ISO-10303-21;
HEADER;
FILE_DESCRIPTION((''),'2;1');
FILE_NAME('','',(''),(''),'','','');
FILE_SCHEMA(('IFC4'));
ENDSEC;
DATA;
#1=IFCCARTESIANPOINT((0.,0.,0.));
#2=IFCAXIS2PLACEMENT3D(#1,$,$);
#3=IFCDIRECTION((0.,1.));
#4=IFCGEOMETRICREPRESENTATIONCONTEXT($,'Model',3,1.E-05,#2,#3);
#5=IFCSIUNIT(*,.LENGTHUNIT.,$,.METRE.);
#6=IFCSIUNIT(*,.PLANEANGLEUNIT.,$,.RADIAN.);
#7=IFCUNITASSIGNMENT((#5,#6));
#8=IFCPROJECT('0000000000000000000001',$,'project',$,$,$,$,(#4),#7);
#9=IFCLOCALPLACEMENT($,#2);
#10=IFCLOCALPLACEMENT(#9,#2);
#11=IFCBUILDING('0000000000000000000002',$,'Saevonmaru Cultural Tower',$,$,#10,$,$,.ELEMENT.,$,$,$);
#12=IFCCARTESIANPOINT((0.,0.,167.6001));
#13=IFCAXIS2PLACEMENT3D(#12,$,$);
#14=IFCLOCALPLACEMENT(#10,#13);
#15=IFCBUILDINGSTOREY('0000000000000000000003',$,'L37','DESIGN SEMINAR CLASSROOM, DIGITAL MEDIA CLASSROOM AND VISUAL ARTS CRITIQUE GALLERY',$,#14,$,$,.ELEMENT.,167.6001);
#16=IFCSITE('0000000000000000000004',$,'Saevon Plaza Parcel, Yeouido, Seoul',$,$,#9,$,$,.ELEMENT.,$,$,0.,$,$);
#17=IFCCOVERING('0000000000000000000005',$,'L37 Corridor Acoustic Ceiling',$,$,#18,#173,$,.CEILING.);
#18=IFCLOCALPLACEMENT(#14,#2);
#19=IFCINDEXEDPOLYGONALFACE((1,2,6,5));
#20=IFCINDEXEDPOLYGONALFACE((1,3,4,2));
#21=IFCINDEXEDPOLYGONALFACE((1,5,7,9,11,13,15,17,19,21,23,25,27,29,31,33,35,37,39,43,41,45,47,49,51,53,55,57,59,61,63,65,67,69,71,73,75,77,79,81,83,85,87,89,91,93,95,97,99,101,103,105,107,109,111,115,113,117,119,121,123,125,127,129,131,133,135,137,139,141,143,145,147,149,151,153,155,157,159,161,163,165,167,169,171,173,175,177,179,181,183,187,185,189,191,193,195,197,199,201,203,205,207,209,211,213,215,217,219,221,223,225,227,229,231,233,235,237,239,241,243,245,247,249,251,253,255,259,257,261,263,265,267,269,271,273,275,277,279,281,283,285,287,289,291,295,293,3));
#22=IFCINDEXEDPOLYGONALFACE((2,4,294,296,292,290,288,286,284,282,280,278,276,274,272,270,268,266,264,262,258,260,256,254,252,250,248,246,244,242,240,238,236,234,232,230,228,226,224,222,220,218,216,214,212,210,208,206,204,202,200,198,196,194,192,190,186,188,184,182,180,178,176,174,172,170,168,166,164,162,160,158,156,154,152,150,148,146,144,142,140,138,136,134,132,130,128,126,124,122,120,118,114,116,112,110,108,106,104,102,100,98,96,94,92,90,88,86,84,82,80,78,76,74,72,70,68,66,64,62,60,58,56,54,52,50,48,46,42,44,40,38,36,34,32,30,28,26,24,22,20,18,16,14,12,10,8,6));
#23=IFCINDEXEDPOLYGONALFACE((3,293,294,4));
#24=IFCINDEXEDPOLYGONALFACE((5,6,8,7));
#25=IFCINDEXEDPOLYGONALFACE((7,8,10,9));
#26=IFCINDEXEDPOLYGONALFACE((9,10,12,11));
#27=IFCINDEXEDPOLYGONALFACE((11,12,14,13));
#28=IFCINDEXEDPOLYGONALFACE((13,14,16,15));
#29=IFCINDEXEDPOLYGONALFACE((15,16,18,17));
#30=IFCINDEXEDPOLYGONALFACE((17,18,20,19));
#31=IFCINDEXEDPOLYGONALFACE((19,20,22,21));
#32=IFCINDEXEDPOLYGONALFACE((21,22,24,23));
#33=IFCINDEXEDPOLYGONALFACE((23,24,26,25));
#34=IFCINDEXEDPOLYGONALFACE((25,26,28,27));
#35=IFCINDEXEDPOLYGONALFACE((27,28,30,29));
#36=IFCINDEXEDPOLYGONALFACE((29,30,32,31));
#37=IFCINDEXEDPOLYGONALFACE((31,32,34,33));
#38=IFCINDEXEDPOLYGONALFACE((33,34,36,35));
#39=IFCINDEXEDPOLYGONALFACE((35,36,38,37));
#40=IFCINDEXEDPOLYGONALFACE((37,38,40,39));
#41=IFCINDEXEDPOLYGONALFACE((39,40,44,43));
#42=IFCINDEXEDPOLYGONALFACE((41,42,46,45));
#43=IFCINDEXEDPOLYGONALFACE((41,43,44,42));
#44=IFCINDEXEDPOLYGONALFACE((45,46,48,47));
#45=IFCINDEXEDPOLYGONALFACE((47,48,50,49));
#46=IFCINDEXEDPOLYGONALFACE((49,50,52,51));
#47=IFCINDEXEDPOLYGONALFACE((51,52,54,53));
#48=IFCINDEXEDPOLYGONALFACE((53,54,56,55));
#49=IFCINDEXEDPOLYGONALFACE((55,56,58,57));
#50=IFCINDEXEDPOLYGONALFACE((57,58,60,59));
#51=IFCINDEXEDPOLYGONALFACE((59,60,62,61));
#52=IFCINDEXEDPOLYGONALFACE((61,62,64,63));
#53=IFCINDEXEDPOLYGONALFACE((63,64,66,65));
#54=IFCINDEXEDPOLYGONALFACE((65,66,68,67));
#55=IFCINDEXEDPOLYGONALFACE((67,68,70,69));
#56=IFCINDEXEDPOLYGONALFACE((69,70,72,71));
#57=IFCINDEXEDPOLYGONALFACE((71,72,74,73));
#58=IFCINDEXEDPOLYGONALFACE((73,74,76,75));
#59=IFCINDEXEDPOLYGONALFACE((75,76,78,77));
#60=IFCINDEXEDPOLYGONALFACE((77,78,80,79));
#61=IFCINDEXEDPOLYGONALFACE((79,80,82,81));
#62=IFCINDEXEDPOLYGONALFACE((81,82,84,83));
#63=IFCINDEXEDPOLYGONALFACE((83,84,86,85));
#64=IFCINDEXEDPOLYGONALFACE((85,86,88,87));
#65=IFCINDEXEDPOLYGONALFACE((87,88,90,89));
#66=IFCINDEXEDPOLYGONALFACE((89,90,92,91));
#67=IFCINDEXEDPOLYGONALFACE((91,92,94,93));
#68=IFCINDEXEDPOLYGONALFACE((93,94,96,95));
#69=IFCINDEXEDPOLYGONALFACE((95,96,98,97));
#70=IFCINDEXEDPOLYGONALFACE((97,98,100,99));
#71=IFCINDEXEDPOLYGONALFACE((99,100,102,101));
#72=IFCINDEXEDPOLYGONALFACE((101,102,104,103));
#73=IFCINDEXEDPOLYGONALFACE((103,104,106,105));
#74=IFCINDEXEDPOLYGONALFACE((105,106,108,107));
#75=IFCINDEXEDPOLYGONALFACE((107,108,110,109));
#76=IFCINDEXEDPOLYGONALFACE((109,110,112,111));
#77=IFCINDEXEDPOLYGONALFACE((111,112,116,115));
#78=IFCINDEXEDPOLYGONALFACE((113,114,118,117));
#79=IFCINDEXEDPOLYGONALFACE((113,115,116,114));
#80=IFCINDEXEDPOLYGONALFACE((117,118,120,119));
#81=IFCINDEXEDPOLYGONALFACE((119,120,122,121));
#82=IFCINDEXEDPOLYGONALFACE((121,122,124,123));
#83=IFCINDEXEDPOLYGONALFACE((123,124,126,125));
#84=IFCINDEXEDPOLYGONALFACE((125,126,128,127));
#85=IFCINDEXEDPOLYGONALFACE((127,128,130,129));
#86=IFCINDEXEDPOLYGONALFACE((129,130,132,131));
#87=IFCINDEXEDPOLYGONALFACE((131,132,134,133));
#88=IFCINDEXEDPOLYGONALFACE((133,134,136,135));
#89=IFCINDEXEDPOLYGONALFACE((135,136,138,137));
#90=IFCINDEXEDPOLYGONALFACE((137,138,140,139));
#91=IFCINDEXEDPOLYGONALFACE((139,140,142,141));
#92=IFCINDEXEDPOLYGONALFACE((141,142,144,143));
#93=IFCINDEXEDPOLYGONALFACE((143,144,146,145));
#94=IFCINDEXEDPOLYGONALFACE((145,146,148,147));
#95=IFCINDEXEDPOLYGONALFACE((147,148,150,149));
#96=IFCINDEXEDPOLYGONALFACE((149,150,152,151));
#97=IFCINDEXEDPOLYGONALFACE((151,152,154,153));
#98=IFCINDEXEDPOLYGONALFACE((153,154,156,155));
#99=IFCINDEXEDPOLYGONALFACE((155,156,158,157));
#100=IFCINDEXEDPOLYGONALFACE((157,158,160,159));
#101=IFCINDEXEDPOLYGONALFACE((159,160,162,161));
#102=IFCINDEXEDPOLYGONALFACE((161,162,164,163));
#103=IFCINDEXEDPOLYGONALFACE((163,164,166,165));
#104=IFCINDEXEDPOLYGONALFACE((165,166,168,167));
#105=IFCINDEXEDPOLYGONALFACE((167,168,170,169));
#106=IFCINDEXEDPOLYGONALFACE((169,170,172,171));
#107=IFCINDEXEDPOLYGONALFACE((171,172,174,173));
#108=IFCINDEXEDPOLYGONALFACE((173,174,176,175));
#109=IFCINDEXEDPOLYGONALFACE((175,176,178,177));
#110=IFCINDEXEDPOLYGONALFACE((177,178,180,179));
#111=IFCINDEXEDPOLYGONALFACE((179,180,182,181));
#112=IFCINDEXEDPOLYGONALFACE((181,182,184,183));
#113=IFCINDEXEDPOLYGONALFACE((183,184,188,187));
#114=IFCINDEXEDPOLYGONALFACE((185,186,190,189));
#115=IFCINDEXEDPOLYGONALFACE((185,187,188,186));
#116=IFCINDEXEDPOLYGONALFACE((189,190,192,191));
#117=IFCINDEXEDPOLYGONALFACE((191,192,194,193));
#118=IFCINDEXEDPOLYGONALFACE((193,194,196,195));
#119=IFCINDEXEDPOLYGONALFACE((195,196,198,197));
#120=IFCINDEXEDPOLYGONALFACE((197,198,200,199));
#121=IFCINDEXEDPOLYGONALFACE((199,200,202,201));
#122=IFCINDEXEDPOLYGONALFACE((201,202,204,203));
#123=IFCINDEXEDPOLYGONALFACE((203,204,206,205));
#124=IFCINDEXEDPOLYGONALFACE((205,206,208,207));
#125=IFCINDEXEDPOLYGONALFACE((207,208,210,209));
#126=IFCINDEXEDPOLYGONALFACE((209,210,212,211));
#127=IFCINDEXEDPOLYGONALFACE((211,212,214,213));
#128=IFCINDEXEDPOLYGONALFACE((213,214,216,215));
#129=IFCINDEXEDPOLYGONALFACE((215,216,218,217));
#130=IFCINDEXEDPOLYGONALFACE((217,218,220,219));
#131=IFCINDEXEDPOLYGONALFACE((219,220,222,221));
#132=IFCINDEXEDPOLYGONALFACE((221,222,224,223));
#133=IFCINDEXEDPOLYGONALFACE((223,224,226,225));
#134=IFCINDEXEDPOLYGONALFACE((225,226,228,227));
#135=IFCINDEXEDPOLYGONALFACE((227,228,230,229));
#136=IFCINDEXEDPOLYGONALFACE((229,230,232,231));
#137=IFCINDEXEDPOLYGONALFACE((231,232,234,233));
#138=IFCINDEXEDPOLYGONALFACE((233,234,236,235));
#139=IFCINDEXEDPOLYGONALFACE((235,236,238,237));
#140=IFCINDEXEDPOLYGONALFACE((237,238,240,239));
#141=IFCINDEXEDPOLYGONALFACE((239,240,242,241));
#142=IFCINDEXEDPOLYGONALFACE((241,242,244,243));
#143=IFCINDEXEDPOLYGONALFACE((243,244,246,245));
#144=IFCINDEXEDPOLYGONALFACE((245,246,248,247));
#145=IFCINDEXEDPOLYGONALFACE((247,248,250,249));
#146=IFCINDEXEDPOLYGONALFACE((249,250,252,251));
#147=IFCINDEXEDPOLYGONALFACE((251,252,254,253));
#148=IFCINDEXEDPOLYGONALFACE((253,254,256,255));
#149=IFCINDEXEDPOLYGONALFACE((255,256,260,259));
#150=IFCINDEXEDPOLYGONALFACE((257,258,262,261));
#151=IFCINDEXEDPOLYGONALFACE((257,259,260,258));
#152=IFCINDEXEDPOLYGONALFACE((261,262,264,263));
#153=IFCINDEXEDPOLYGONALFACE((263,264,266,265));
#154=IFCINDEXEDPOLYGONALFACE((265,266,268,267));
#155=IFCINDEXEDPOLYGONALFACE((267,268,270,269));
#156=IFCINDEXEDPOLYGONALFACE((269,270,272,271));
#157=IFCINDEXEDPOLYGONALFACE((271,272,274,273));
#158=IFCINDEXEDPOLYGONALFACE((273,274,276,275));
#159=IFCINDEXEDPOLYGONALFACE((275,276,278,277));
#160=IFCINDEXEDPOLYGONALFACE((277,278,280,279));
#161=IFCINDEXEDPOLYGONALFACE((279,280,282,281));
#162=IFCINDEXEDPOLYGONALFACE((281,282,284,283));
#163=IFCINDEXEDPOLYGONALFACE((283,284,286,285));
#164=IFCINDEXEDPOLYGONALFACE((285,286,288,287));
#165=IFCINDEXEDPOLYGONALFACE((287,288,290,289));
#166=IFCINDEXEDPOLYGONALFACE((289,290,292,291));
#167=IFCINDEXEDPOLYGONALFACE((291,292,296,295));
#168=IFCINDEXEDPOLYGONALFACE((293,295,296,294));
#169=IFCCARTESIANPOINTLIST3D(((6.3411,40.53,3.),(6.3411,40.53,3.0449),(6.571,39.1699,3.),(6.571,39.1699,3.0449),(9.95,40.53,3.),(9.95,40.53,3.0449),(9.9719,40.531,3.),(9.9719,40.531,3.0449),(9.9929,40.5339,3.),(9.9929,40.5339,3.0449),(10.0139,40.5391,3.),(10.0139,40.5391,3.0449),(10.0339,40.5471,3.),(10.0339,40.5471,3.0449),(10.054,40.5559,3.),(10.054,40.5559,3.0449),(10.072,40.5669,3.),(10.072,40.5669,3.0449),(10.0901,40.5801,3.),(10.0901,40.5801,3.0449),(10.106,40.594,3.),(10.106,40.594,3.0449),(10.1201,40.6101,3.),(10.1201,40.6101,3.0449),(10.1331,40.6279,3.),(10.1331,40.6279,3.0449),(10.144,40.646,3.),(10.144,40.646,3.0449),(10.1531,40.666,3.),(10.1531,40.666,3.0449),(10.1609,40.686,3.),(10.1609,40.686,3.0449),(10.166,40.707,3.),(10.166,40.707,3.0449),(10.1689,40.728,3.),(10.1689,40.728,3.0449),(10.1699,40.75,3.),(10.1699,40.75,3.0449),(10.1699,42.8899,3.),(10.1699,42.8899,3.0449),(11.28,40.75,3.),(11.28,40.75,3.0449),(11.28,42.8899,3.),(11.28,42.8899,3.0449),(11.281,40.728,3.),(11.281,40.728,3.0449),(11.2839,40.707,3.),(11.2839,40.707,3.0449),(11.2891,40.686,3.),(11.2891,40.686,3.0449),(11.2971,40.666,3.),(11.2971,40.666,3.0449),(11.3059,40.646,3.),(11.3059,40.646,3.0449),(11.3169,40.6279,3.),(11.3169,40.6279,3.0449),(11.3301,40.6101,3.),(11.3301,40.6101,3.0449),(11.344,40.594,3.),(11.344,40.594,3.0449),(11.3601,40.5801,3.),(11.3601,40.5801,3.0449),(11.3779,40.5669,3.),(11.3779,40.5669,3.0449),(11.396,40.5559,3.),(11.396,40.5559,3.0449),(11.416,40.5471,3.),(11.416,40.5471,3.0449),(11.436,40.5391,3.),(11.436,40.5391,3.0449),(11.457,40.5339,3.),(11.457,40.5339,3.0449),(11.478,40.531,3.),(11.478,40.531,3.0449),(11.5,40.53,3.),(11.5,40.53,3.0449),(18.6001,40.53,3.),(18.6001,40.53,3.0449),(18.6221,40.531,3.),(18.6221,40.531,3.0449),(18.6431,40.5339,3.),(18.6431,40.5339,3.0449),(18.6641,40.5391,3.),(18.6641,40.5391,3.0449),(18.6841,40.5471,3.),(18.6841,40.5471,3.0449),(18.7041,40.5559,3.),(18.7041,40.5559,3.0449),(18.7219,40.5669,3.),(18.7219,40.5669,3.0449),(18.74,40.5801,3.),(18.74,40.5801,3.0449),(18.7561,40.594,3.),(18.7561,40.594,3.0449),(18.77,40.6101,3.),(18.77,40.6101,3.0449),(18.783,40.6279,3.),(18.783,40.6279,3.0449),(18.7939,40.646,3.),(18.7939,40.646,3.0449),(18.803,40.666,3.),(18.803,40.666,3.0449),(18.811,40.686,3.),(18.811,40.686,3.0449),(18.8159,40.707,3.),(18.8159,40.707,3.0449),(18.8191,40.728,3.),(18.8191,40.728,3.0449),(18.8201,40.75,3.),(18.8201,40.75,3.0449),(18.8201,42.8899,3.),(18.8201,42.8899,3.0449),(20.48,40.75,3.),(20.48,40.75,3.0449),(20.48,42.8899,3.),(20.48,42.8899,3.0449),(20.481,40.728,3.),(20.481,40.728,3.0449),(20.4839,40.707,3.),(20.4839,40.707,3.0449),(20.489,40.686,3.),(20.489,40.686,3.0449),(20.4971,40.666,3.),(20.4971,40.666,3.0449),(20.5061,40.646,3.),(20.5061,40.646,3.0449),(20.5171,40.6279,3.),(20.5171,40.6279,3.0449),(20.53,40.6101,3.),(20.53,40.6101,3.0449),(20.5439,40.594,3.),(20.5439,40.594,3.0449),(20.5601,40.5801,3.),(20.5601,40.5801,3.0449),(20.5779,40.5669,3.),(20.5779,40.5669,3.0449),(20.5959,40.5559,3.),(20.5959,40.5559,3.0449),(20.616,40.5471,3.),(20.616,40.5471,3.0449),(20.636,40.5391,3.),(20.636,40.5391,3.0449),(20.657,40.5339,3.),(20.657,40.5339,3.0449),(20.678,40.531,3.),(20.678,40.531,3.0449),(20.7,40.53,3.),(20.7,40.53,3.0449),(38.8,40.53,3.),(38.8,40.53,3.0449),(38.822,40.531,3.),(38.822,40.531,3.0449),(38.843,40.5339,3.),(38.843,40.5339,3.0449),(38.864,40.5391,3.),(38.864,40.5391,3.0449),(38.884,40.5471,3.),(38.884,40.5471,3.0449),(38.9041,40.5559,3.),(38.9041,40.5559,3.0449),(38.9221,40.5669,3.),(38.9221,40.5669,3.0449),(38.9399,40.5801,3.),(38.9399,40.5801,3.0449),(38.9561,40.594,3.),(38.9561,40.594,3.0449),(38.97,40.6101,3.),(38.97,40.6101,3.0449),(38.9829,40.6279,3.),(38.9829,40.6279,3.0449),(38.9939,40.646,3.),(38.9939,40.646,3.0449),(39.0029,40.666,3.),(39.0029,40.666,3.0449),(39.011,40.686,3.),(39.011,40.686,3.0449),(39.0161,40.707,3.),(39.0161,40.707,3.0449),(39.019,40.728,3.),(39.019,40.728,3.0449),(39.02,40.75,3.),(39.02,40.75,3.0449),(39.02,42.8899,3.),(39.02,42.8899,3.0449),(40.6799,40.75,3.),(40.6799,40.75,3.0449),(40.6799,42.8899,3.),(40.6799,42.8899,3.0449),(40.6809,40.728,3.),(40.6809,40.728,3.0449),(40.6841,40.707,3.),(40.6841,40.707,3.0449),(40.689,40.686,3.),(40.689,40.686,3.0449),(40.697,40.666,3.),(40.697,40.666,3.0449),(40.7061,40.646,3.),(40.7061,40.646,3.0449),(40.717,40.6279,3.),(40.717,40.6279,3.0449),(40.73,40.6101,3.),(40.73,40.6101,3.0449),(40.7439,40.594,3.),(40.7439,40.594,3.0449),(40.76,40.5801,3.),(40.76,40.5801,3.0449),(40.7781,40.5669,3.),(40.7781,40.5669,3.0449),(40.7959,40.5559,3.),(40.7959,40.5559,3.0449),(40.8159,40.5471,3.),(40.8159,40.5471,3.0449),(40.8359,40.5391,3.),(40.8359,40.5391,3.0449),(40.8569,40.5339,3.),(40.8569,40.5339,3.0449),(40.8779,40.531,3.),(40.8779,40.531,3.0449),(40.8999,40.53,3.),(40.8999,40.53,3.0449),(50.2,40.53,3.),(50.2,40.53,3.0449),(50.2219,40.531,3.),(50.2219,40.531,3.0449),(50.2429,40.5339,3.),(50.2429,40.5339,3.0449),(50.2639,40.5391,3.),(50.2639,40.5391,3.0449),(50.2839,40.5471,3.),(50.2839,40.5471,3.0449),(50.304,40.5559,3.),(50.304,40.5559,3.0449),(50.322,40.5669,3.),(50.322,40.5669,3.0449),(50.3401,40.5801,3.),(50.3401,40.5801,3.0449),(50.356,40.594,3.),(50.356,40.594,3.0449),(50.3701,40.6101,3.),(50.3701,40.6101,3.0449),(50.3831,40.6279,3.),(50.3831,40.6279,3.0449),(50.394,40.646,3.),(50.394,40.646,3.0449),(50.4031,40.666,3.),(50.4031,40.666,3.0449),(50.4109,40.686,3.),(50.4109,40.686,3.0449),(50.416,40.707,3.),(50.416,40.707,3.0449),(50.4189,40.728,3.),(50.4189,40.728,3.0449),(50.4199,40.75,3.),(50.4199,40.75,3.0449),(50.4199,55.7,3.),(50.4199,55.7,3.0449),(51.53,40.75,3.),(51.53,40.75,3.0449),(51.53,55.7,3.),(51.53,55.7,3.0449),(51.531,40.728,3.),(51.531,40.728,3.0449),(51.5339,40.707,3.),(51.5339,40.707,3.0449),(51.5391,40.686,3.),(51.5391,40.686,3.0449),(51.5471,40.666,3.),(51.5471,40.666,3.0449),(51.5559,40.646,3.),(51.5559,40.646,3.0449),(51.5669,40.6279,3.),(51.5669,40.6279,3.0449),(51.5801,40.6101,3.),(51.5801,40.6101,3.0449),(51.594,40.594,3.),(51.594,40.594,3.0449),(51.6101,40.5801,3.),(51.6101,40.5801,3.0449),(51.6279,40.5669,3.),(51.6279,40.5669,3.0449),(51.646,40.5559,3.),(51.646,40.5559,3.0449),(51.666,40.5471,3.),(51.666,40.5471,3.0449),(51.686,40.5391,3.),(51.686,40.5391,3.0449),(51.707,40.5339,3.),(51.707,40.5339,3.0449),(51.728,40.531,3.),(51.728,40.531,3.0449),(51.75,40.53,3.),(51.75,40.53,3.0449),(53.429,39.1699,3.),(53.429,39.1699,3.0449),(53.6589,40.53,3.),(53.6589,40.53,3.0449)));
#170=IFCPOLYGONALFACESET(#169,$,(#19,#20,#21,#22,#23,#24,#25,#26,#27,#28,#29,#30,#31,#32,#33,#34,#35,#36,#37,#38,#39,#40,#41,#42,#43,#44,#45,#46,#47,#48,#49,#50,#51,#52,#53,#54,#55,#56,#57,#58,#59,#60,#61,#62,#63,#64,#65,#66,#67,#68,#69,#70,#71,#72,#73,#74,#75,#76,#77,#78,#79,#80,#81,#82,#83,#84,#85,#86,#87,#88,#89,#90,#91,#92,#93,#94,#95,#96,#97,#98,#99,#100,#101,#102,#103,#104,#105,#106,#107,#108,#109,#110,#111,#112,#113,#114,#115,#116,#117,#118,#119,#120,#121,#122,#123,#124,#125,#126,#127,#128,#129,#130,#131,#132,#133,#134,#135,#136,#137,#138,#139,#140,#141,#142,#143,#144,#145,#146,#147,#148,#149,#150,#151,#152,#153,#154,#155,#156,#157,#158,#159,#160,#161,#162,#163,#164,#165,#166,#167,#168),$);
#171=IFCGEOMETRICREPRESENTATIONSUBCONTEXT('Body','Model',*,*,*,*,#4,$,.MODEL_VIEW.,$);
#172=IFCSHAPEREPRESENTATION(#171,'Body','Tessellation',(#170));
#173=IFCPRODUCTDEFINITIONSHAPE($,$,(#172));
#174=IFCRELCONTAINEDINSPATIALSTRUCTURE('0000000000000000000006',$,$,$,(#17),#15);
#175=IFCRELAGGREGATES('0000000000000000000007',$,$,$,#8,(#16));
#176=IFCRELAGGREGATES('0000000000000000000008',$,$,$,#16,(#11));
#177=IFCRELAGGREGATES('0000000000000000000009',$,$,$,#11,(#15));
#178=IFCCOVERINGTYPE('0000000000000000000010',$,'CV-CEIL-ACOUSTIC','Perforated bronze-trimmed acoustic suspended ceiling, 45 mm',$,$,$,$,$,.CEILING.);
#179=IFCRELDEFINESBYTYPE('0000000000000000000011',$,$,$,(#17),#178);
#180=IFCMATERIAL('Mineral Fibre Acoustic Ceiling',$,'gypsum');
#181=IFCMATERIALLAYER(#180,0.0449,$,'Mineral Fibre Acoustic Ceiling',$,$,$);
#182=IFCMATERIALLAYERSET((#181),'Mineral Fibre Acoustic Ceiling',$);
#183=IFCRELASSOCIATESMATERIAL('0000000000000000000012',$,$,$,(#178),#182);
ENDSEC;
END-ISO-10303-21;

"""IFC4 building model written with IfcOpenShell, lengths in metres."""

from ifc_helpers import new_model, si_unit, direction, frame, origin, place, context, subcontext, project, spatial, polyline, outline, extrude, material, layer, layer_set, type_object, element, save


model = new_model("IFC4")

# Units and contexts
model_context = context("Model", 3, precision=1e-05, world=origin(), true_north=direction((0.0, 1.0)))
body_context = subcontext(model_context, "Body", "Model", "MODEL_VIEW")
ifc_project = project(units=[si_unit("LENGTHUNIT", "METRE"), si_unit("PLANEANGLEUNIT", "RADIAN")], contexts=[model_context])

# Site, building, storey
site_placement = place(None, origin())
site = spatial("IfcSite", under=ifc_project, at=site_placement, Name="Saevon Plaza Parcel, Yeouido, Seoul", CompositionType="ELEMENT", RefElevation=0.0)
building_placement = place(site_placement, origin())
building = spatial("IfcBuilding", under=site, at=building_placement, Name="Saevonmaru Cultural Tower", CompositionType="ELEMENT")
storey_placement = place(building_placement, frame((0.0, 0.0, 167.6001)))
storey = spatial("IfcBuildingStorey", under=building, at=storey_placement, Name="L37", Description="DESIGN SEMINAR CLASSROOM, DIGITAL MEDIA CLASSROOM AND VISUAL ARTS CRITIQUE GALLERY", CompositionType="ELEMENT", Elevation=167.6001)

# Covering
ifc_material_1 = material(Name="Mineral Fibre Acoustic Ceiling", Category="gypsum")
ifc_layer_1 = layer(ifc_material_1, 0.0449, Name="Mineral Fibre Acoustic Ceiling")
ifc_layer_set_1 = layer_set([ifc_layer_1], Name="Mineral Fibre Acoustic Ceiling")
covering_type_1 = type_object("IfcCoveringType", Name="CV-CEIL-ACOUSTIC", Description="Perforated bronze-trimmed acoustic suspended ceiling, 45 mm", PredefinedType="CEILING", material=ifc_layer_set_1)
covering_1_placement = place(storey_placement, frame((0.0, 0.0, 3.0)))
element("IfcCovering", 1, at=covering_1_placement, inside=storey, type_object=covering_type_1, Name="L37 Corridor Acoustic Ceiling", PredefinedType="CEILING", context=body_context, shape_type="SweptSolid", body=[
    extrude(outline(polyline([(6.571, 39.1699), (6.3411, 40.53), (9.95, 40.53), (9.9719, 40.531), (9.9929, 40.5339), (10.0139, 40.5391), (10.0339, 40.5471), (10.054, 40.5559), (10.072, 40.5669), (10.0901, 40.5801), (10.106, 40.594), (10.1201, 40.6101), (10.1331, 40.6279), (10.144, 40.646), (10.1531, 40.666), (10.1609, 40.686), (10.166, 40.707), (10.1689, 40.728), (10.1699, 40.75), (10.1699, 42.8899), (11.28, 42.8899), (11.28, 40.75), (11.281, 40.728), (11.2839, 40.707), (11.2891, 40.686), (11.2971, 40.666), (11.3059, 40.646), (11.3169, 40.6279), (11.3301, 40.6101), (11.344, 40.594), (11.3601, 40.5801), (11.3779, 40.5669), (11.396, 40.5559), (11.416, 40.5471), (11.436, 40.5391), (11.457, 40.5339), (11.478, 40.531), (11.5, 40.53), (18.6001, 40.53), (18.6221, 40.531), (18.6431, 40.5339), (18.6641, 40.5391), (18.6841, 40.5471), (18.7041, 40.5559), (18.7219, 40.5669), (18.74, 40.5801), (18.7561, 40.594), (18.77, 40.6101), (18.783, 40.6279), (18.7939, 40.646), (18.803, 40.666), (18.811, 40.686), (18.8159, 40.707), (18.8191, 40.728), (18.8201, 40.75), (18.8201, 42.8899), (20.48, 42.8899), (20.48, 40.75), (20.481, 40.728), (20.4839, 40.707), (20.489, 40.686), (20.4971, 40.666), (20.5061, 40.646), (20.5171, 40.6279), (20.53, 40.6101), (20.5439, 40.594), (20.5601, 40.5801), (20.5779, 40.5669), (20.5959, 40.5559), (20.616, 40.5471), (20.636, 40.5391), (20.657, 40.5339), (20.678, 40.531), (20.7, 40.53), (38.8, 40.53), (38.822, 40.531), (38.843, 40.5339), (38.864, 40.5391), (38.884, 40.5471), (38.9041, 40.5559), (38.9221, 40.5669), (38.9399, 40.5801), (38.9561, 40.594), (38.97, 40.6101), (38.9829, 40.6279), (38.9939, 40.646), (39.0029, 40.666), (39.011, 40.686), (39.0161, 40.707), (39.019, 40.728), (39.02, 40.75), (39.02, 42.8899), (40.6799, 42.8899), (40.6799, 40.75), (40.6809, 40.728), (40.6841, 40.707), (40.689, 40.686), (40.697, 40.666), (40.7061, 40.646), (40.717, 40.6279), (40.73, 40.6101), (40.7439, 40.594), (40.76, 40.5801), (40.7781, 40.5669), (40.7959, 40.5559), (40.8159, 40.5471), (40.8359, 40.5391), (40.8569, 40.5339), (40.8779, 40.531), (40.8999, 40.53), (50.2, 40.53), (50.2219, 40.531), (50.2429, 40.5339), (50.2639, 40.5391), (50.2839, 40.5471), (50.304, 40.5559), (50.322, 40.5669), (50.3401, 40.5801), (50.356, 40.594), (50.3701, 40.6101), (50.3831, 40.6279), (50.394, 40.646), (50.4031, 40.666), (50.4109, 40.686), (50.416, 40.707), (50.4189, 40.728), (50.4199, 40.75), (50.4199, 55.7), (51.53, 55.7), (51.53, 40.75), (51.531, 40.728), (51.5339, 40.707), (51.5391, 40.686), (51.5471, 40.666), (51.5559, 40.646), (51.5669, 40.6279), (51.5801, 40.6101), (51.594, 40.594), (51.6101, 40.5801), (51.6279, 40.5669), (51.646, 40.5559), (51.666, 40.5471), (51.686, 40.5391), (51.707, 40.5339), (51.728, 40.531), (51.75, 40.53), (53.6589, 40.53), (53.429, 39.1699), (6.571, 39.1699)])), origin(), (0.0, 0.0, 1.0), 0.0449),
])

save(model, "model.ifc")
